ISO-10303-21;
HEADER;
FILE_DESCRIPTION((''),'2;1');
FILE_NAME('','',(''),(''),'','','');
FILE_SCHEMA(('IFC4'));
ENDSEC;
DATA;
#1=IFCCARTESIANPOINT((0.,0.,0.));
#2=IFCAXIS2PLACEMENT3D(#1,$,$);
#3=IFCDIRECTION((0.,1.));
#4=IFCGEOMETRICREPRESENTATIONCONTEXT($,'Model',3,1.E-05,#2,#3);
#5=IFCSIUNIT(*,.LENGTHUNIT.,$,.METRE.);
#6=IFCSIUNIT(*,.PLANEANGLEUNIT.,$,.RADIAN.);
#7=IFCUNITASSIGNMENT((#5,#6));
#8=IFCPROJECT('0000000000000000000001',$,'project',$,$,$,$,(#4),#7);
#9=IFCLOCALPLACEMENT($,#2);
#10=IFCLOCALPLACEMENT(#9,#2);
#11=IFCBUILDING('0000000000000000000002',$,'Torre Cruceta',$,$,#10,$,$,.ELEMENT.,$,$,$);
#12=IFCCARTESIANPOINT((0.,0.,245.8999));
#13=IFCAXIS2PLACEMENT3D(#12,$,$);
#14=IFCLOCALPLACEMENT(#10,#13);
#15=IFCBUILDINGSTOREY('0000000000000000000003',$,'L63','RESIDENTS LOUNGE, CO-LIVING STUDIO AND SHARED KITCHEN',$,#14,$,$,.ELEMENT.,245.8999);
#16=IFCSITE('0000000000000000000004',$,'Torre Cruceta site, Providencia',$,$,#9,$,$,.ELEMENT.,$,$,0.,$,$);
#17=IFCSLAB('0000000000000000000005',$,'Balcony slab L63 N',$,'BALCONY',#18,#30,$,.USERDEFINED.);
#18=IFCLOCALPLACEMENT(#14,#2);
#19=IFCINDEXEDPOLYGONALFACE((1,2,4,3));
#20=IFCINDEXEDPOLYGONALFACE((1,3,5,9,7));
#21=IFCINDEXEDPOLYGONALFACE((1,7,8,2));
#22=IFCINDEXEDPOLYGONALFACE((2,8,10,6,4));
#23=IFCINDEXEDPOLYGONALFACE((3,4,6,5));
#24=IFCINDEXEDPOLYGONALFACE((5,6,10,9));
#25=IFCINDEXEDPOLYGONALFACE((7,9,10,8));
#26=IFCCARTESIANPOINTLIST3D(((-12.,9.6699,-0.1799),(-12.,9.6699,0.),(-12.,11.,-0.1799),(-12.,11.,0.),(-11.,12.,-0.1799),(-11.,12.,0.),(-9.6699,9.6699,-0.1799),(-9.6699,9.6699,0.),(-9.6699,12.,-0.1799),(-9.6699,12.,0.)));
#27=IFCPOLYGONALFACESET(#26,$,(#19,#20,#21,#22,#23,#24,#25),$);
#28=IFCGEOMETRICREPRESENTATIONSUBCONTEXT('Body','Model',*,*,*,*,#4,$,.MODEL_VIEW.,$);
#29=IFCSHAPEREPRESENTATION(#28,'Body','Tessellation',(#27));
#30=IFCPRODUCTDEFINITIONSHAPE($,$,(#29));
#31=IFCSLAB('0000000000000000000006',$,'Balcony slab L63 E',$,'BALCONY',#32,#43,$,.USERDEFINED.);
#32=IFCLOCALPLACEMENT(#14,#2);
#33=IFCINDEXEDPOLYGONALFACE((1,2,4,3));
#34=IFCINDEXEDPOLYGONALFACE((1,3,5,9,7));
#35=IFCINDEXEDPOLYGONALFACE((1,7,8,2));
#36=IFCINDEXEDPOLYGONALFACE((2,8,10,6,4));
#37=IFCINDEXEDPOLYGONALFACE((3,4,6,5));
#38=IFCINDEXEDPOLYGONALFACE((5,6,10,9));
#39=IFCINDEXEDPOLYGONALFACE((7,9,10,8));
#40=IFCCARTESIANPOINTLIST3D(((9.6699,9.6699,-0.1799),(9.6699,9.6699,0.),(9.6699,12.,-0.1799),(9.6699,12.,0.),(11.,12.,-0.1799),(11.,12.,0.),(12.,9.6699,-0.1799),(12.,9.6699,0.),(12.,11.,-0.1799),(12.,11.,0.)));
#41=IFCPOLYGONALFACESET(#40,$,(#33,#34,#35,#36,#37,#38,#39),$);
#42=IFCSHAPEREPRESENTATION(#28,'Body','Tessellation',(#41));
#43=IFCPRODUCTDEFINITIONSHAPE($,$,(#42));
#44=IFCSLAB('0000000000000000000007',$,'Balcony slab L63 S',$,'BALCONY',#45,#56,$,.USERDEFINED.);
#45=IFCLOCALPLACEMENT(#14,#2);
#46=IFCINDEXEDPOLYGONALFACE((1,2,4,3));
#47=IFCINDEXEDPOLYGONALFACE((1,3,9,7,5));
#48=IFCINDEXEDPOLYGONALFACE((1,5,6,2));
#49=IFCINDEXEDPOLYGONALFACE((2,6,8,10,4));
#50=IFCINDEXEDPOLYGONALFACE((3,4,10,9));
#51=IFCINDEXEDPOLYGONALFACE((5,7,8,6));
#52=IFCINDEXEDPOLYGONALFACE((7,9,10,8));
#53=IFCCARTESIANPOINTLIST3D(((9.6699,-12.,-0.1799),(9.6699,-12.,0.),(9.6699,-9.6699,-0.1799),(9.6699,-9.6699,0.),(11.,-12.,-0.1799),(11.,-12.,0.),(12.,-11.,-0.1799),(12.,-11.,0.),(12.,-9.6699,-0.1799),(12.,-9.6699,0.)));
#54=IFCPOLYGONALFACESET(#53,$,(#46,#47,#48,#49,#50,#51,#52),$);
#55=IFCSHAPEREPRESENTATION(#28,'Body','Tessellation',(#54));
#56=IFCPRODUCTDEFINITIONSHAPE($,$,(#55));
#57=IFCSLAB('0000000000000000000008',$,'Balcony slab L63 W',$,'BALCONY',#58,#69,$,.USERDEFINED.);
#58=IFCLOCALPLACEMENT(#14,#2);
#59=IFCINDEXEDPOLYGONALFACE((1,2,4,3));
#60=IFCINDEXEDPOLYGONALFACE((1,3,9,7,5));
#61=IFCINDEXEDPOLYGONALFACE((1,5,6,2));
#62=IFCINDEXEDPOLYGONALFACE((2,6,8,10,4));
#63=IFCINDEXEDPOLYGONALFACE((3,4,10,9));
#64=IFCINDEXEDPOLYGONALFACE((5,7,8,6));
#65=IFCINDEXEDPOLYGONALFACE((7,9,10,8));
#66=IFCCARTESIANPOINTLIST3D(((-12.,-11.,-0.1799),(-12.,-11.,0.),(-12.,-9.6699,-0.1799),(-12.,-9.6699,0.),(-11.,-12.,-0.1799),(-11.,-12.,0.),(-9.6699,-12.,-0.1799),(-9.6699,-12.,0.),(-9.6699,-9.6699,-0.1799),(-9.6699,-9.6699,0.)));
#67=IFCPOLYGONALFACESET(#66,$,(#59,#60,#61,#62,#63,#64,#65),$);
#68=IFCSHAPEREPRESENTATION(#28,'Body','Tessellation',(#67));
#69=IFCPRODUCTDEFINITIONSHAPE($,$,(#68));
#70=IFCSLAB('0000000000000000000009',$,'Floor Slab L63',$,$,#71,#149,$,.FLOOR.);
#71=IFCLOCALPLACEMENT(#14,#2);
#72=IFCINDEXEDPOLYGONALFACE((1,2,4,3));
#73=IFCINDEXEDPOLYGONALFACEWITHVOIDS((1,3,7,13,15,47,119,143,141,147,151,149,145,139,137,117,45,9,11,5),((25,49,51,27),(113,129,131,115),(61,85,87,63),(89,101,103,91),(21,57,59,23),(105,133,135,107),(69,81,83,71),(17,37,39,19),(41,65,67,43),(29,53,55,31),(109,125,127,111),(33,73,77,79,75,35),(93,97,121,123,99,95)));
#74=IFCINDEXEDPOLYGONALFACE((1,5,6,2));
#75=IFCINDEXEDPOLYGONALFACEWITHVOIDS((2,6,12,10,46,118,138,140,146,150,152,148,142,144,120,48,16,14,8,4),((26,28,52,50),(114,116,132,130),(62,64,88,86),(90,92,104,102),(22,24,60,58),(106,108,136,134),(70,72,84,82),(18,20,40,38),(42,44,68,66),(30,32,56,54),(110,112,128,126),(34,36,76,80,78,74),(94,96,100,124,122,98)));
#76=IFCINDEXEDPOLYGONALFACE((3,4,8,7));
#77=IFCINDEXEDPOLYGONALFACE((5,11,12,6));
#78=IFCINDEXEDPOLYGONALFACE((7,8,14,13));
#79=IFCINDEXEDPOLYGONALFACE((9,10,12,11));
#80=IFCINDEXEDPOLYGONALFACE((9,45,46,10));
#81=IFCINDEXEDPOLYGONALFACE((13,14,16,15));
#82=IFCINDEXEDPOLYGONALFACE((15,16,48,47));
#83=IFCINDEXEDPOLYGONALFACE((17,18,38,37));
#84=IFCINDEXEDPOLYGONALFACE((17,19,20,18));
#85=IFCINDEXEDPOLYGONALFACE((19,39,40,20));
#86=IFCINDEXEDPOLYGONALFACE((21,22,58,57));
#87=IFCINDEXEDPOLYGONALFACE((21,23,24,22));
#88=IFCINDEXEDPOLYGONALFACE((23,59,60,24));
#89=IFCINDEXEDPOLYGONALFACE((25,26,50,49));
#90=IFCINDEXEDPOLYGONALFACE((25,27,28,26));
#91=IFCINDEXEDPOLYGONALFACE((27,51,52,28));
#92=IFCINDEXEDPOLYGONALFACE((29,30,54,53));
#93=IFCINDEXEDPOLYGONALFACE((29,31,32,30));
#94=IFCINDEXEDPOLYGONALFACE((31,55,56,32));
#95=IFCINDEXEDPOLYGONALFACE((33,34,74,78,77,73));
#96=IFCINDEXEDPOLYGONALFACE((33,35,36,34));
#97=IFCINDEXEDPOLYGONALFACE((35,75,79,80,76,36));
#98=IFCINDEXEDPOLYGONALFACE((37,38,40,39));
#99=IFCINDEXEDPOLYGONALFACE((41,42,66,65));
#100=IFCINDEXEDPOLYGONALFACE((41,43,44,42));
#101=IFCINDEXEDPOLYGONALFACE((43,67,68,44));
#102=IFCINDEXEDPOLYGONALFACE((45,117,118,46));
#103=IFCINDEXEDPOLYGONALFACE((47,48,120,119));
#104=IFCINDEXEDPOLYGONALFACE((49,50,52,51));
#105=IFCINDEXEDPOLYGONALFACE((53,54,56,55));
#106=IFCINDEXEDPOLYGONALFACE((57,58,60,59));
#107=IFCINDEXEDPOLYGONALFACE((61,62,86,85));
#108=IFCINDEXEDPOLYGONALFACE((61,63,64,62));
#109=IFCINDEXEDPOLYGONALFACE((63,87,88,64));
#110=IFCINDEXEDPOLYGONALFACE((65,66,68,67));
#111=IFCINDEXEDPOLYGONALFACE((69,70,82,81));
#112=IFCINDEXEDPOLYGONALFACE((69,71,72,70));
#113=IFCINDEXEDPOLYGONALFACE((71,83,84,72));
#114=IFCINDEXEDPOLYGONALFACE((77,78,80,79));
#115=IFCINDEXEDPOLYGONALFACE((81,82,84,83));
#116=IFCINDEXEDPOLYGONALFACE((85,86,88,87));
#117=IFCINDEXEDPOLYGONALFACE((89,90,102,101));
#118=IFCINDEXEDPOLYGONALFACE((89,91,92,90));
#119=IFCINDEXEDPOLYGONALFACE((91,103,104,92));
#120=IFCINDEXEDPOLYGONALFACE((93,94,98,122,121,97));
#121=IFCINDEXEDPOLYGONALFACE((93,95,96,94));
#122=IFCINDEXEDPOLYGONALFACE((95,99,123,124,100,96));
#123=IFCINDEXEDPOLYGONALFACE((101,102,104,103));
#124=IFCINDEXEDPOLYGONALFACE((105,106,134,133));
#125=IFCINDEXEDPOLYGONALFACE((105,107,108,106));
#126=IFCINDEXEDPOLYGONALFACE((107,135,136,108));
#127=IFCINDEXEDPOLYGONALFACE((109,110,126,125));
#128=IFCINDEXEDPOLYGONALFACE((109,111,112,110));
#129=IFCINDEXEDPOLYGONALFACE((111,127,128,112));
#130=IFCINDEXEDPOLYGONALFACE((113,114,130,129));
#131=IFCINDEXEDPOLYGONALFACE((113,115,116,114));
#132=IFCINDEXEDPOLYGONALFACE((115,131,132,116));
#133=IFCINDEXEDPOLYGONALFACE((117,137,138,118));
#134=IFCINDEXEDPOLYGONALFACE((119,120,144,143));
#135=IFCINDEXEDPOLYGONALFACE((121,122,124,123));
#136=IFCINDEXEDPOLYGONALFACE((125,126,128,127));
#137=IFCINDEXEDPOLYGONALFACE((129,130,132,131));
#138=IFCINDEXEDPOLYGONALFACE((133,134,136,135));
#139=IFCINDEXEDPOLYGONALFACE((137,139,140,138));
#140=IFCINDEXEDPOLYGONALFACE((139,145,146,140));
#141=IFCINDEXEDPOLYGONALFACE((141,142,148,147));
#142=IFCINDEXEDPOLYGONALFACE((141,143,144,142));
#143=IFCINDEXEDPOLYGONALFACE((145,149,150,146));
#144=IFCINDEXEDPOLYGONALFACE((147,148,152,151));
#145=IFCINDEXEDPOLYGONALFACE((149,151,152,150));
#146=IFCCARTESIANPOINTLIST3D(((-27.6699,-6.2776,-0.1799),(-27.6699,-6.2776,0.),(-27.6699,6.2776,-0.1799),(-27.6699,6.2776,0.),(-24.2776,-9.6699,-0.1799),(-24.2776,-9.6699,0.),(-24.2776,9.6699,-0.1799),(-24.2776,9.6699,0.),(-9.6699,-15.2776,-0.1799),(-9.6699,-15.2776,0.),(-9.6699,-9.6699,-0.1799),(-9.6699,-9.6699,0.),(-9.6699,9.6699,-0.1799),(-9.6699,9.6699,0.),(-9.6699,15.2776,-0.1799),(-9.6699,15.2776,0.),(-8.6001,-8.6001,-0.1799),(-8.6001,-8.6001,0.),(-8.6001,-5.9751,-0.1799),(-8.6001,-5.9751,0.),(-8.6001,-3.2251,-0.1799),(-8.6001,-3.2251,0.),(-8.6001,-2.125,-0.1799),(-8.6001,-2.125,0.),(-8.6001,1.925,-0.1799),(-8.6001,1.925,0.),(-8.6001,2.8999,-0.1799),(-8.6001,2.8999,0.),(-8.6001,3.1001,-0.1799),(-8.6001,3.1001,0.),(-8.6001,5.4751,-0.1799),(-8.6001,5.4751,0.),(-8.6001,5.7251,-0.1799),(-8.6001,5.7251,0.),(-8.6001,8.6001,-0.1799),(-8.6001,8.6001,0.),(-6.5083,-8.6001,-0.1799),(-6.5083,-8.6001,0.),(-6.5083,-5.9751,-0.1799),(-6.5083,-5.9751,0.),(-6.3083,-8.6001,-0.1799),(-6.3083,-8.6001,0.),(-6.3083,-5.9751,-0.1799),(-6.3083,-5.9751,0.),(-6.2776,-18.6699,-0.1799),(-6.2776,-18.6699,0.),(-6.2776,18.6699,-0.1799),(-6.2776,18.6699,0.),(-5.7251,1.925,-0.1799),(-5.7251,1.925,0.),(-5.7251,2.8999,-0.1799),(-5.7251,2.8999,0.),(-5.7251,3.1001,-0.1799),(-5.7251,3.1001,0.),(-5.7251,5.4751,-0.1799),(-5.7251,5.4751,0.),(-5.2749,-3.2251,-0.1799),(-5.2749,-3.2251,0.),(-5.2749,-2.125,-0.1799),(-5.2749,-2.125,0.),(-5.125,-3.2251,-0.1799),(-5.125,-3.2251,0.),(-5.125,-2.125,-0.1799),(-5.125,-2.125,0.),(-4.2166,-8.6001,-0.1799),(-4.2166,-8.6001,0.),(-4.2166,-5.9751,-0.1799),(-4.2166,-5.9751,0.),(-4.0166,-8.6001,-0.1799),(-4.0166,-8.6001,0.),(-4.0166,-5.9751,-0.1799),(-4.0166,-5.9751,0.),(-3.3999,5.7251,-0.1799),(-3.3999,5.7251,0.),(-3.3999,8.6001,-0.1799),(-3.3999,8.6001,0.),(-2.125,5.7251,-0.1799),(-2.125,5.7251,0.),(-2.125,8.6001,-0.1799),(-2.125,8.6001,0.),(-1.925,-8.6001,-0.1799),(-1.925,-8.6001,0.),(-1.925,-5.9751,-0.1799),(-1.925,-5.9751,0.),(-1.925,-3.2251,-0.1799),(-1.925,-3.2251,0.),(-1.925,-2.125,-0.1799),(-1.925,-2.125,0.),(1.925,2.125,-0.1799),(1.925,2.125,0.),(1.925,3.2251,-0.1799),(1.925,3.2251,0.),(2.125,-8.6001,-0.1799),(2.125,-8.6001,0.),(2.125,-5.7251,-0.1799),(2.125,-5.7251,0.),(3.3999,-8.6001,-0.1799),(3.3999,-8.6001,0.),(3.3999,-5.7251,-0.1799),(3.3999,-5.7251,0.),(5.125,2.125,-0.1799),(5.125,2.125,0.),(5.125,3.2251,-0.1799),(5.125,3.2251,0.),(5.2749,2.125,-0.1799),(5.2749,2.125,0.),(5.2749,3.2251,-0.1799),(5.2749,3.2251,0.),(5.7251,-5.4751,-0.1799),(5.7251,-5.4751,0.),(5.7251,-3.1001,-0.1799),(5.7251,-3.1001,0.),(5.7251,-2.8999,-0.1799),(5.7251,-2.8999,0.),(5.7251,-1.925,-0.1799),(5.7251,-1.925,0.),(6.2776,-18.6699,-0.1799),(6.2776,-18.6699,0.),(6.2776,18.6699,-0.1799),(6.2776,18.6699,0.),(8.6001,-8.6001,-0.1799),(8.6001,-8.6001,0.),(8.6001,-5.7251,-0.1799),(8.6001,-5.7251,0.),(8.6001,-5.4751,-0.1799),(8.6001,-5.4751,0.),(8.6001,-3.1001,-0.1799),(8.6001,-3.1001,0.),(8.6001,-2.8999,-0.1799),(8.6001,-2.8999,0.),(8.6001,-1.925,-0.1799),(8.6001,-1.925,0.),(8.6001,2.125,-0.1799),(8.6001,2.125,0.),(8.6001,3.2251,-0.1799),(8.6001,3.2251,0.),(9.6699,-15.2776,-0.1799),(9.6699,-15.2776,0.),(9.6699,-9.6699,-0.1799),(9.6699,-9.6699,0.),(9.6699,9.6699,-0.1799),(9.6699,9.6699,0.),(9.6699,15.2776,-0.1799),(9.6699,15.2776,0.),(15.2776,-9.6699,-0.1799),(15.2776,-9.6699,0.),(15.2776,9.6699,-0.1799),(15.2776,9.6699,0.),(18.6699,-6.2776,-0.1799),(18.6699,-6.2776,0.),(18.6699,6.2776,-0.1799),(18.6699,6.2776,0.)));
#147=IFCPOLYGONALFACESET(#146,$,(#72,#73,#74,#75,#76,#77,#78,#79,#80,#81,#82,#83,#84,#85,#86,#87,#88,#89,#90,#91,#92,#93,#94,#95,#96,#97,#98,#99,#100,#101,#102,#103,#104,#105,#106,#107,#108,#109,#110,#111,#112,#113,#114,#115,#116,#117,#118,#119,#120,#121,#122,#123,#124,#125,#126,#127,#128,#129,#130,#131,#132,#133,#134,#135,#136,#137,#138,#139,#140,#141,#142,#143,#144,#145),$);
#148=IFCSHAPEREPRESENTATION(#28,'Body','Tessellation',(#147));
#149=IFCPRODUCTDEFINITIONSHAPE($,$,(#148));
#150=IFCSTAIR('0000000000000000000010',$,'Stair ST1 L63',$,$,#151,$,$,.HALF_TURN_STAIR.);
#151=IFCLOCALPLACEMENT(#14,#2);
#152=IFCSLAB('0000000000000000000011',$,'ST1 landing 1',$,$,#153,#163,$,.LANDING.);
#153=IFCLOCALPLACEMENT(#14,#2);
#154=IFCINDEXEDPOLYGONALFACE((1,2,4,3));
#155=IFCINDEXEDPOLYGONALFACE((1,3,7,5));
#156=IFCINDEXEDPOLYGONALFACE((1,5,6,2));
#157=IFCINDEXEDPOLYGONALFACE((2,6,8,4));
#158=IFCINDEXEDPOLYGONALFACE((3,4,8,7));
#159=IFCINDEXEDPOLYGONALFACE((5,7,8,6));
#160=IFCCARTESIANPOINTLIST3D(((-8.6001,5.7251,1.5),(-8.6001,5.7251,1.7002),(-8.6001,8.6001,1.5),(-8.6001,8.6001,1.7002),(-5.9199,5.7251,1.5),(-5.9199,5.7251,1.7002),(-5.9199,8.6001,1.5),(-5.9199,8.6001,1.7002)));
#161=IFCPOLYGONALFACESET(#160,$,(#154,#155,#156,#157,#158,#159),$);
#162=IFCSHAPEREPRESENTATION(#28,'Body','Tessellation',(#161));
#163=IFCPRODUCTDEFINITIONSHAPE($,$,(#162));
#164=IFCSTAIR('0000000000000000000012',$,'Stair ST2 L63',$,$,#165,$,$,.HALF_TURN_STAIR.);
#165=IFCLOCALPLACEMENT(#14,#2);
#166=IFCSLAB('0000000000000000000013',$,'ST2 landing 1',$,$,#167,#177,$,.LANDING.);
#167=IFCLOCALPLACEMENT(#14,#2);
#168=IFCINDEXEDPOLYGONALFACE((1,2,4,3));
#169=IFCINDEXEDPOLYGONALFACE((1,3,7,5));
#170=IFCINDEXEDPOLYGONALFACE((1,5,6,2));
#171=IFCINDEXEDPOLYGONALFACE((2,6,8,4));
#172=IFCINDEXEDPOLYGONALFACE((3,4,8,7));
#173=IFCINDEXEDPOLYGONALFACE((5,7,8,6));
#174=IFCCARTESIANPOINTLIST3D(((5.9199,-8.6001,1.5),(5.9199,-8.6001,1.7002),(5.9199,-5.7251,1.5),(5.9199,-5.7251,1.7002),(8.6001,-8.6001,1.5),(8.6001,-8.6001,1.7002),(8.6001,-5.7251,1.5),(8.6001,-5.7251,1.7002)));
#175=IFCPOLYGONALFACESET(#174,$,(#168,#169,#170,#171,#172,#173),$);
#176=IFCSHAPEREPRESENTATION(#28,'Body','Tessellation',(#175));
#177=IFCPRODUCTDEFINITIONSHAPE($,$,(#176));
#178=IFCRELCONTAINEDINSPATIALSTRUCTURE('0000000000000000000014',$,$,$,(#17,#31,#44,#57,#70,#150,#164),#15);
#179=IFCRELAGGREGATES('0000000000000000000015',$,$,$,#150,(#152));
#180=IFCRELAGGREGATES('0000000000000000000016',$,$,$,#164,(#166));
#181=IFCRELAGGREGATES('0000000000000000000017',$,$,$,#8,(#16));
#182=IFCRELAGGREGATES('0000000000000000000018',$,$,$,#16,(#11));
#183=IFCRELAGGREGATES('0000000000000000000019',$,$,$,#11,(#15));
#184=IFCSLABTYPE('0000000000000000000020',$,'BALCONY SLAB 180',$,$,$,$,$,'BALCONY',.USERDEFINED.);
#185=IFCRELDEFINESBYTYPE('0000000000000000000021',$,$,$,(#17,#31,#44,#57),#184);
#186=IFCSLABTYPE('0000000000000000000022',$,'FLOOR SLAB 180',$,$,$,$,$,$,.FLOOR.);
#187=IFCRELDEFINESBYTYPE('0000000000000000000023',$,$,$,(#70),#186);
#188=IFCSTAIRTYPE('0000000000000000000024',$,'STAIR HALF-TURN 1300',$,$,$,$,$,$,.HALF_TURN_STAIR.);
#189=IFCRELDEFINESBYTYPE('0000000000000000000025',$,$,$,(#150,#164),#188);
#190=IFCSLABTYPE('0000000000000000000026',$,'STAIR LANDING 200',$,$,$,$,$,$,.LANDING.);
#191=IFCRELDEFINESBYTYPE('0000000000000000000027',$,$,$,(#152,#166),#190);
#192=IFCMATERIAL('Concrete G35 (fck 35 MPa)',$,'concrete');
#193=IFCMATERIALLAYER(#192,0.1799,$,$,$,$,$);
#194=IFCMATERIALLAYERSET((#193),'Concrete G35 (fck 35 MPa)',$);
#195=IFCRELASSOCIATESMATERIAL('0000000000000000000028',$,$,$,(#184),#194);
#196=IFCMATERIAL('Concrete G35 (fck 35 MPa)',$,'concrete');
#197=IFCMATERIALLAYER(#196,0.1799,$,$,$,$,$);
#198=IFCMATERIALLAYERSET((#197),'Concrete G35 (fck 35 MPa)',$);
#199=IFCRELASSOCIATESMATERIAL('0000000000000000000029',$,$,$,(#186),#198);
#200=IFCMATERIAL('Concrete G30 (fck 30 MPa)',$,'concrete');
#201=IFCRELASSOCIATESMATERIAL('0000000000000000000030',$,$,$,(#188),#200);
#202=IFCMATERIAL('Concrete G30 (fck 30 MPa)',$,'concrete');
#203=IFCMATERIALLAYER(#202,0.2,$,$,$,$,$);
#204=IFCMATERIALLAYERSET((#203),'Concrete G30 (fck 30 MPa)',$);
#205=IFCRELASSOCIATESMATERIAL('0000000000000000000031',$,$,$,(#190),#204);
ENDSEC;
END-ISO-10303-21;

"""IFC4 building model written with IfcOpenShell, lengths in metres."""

from ifc_helpers import new_model, si_unit, direction, frame, origin, place, context, subcontext, project, spatial, polyline, outline, extrude, material, layer, layer_set, type_object, element, aggregate, save


model = new_model("IFC4")

# Units and contexts
model_context = context("Model", 3, precision=1e-05, world=origin(), true_north=direction((0.0, 1.0)))
body_context = subcontext(model_context, "Body", "Model", "MODEL_VIEW")
ifc_project = project(units=[si_unit("LENGTHUNIT", "METRE"), si_unit("PLANEANGLEUNIT", "RADIAN")], contexts=[model_context])

# Site, building, storey
site_placement = place(None, origin())
site = spatial("IfcSite", under=ifc_project, at=site_placement, Name="Torre Cruceta site, Providencia", CompositionType="ELEMENT", RefElevation=0.0)
building_placement = place(site_placement, origin())
building = spatial("IfcBuilding", under=site, at=building_placement, Name="Torre Cruceta", CompositionType="ELEMENT")
storey_placement = place(building_placement, frame((0.0, 0.0, 245.8999)))
storey = spatial("IfcBuildingStorey", under=building, at=storey_placement, Name="L63", Description="RESIDENTS LOUNGE, CO-LIVING STUDIO AND SHARED KITCHEN", CompositionType="ELEMENT", Elevation=245.8999)

# Slabs
ifc_material_1 = material(Name="Concrete G35 (fck 35 MPa)", Category="concrete")
ifc_layer_1 = layer(ifc_material_1, 0.1799)
ifc_layer_set_1 = layer_set([ifc_layer_1], Name="Concrete G35 (fck 35 MPa)")
slab_type_1 = type_object("IfcSlabType", Name="BALCONY SLAB 180", ElementType="BALCONY", PredefinedType="USERDEFINED", material=ifc_layer_set_1)
slab_1_placement = place(storey_placement, frame((0.0, 0.0, -0.1799)))
element("IfcSlab", 1, at=slab_1_placement, inside=storey, type_object=slab_type_1, Name="Balcony slab L63 N", ObjectType="BALCONY", PredefinedType="USERDEFINED", context=body_context, shape_type="SweptSolid", body=[
    extrude(outline(polyline([(-12.0, 11.0), (-11.0, 12.0), (-9.6699, 12.0), (-9.6699, 9.6699), (-12.0, 9.6699), (-12.0, 11.0)])), origin(), (0.0, 0.0, 1.0), 0.1799),
])
slab_2_placement = place(storey_placement, frame((0.0, 0.0, -0.1799)))
element("IfcSlab", 2, at=slab_2_placement, inside=storey, type_object=slab_type_1, Name="Balcony slab L63 E", ObjectType="BALCONY", PredefinedType="USERDEFINED", context=body_context, shape_type="SweptSolid", body=[
    extrude(outline(polyline([(11.0, 12.0), (12.0, 11.0), (12.0, 9.6699), (9.6699, 9.6699), (9.6699, 12.0), (11.0, 12.0)])), origin(), (0.0, 0.0, 1.0), 0.1799),
])
slab_3_placement = place(storey_placement, frame((0.0, 0.0, -0.1799)))
element("IfcSlab", 3, at=slab_3_placement, inside=storey, type_object=slab_type_1, Name="Balcony slab L63 S", ObjectType="BALCONY", PredefinedType="USERDEFINED", context=body_context, shape_type="SweptSolid", body=[
    extrude(outline(polyline([(12.0, -11.0), (11.0, -12.0), (9.6699, -12.0), (9.6699, -9.6699), (12.0, -9.6699), (12.0, -11.0)])), origin(), (0.0, 0.0, 1.0), 0.1799),
])
slab_4_placement = place(storey_placement, frame((0.0, 0.0, -0.1799)))
element("IfcSlab", 4, at=slab_4_placement, inside=storey, type_object=slab_type_1, Name="Balcony slab L63 W", ObjectType="BALCONY", PredefinedType="USERDEFINED", context=body_context, shape_type="SweptSolid", body=[
    extrude(outline(polyline([(-11.0, -12.0), (-12.0, -11.0), (-12.0, -9.6699), (-9.6699, -9.6699), (-9.6699, -12.0), (-11.0, -12.0)])), origin(), (0.0, 0.0, 1.0), 0.1799),
])
ifc_material_2 = material(Name="Concrete G35 (fck 35 MPa)", Category="concrete")
ifc_layer_2 = layer(ifc_material_2, 0.1799)
ifc_layer_set_2 = layer_set([ifc_layer_2], Name="Concrete G35 (fck 35 MPa)")
slab_type_2 = type_object("IfcSlabType", Name="FLOOR SLAB 180", PredefinedType="FLOOR", material=ifc_layer_set_2)
slab_5_placement = place(storey_placement, frame((0.0, 0.0, -0.1799)))
element("IfcSlab", 5, at=slab_5_placement, inside=storey, type_object=slab_type_2, Name="Floor Slab L63", PredefinedType="FLOOR", context=body_context, shape_type="SweptSolid", body=[
    extrude(outline(polyline([(9.6699, -9.6699), (9.6699, -15.2776), (6.2776, -18.6699), (-6.2776, -18.6699), (-9.6699, -15.2776), (-9.6699, -9.6699), (-24.2776, -9.6699), (-27.6699, -6.2776), (-27.6699, 6.2776), (-24.2776, 9.6699), (-9.6699, 9.6699), (-9.6699, 15.2776), (-6.2776, 18.6699), (6.2776, 18.6699), (9.6699, 15.2776), (9.6699, 9.6699), (15.2776, 9.6699), (18.6699, 6.2776), (18.6699, -6.2776), (15.2776, -9.6699), (9.6699, -9.6699)]), holes=[polyline([(1.925, 2.125), (5.125, 2.125), (5.125, 3.2251), (1.925, 3.2251), (1.925, 2.125)]), polyline([(5.2749, 2.125), (8.6001, 2.125), (8.6001, 3.2251), (5.2749, 3.2251), (5.2749, 2.125)]), polyline([(-8.6001, 3.1001), (-5.7251, 3.1001), (-5.7251, 5.4751), (-8.6001, 5.4751), (-8.6001, 3.1001)]), polyline([(-8.6001, 1.925), (-5.7251, 1.925), (-5.7251, 2.8999), (-8.6001, 2.8999), (-8.6001, 1.925)]), polyline([(-4.0166, -8.6001), (-1.925, -8.6001), (-1.925, -5.9751), (-4.0166, -5.9751), (-4.0166, -8.6001)]), polyline([(-6.3083, -8.6001), (-4.2166, -8.6001), (-4.2166, -5.9751), (-6.3083, -5.9751), (-6.3083, -8.6001)]), polyline([(-8.6001, -8.6001), (-6.5083, -8.6001), (-6.5083, -5.9751), (-8.6001, -5.9751), (-8.6001, -8.6001)]), polyline([(-5.125, -3.2251), (-1.925, -3.2251), (-1.925, -2.125), (-5.125, -2.125), (-5.125, -3.2251)]), polyline([(-8.6001, -3.2251), (-5.2749, -3.2251), (-5.2749, -2.125), (-8.6001, -2.125), (-8.6001, -3.2251)]), polyline([(5.7251, -5.4751), (8.6001, -5.4751), (8.6001, -3.1001), (5.7251, -3.1001), (5.7251, -5.4751)]), polyline([(5.7251, -2.8999), (8.6001, -2.8999), (8.6001, -1.925), (5.7251, -1.925), (5.7251, -2.8999)]), polyline([(-8.6001, 5.7251), (-8.6001, 8.6001), (-3.3999, 8.6001), (-2.125, 8.6001), (-2.125, 5.7251), (-3.3999, 5.7251), (-8.6001, 5.7251)]), polyline([(2.125, -5.7251), (3.3999, -5.7251), (8.6001, -5.7251), (8.6001, -8.6001), (3.3999, -8.6001), (2.125, -8.6001), (2.125, -5.7251)])]), origin(), (0.0, 0.0, 1.0), 0.1799),
])

# Stairs, slabs
ifc_material_3 = material(Name="Concrete G30 (fck 30 MPa)", Category="concrete")
stair_type = type_object("IfcStairType", Name="STAIR HALF-TURN 1300", PredefinedType="HALF_TURN_STAIR", material=ifc_material_3)
stair_1_placement = place(storey_placement, origin())
stair_1 = element("IfcStair", 6, at=stair_1_placement, inside=storey, type_object=stair_type, Name="Stair ST1 L63", PredefinedType="HALF_TURN_STAIR")
ifc_material_4 = material(Name="Concrete G30 (fck 30 MPa)", Category="concrete")
ifc_layer_3 = layer(ifc_material_4, 0.2)
ifc_layer_set_3 = layer_set([ifc_layer_3], Name="Concrete G30 (fck 30 MPa)")
slab_type_3 = type_object("IfcSlabType", Name="STAIR LANDING 200", PredefinedType="LANDING", material=ifc_layer_set_3)
slab_6_placement = place(storey_placement, frame((0.0, 0.0, 1.5)))
slab_6 = element("IfcSlab", 7, at=slab_6_placement, type_object=slab_type_3, Name="ST1 landing 1", PredefinedType="LANDING", context=body_context, shape_type="SweptSolid", body=[
    extrude(outline(polyline([(-8.6001, 5.7251), (-5.9199, 5.7251), (-5.9199, 8.6001), (-8.6001, 8.6001), (-8.6001, 5.7251)])), origin(), (0.0, 0.0, 1.0), 0.2002),
])
aggregate(stair_1, [slab_6])
stair_2_placement = place(storey_placement, origin())
stair_2 = element("IfcStair", 8, at=stair_2_placement, inside=storey, type_object=stair_type, Name="Stair ST2 L63", PredefinedType="HALF_TURN_STAIR")
slab_7_placement = place(storey_placement, frame((0.0, 0.0, 1.5)))
slab_7 = element("IfcSlab", 9, at=slab_7_placement, type_object=slab_type_3, Name="ST2 landing 1", PredefinedType="LANDING", context=body_context, shape_type="SweptSolid", body=[
    extrude(outline(polyline([(5.9199, -8.6001), (8.6001, -8.6001), (8.6001, -5.7251), (5.9199, -5.7251), (5.9199, -8.6001)])), origin(), (0.0, 0.0, 1.0), 0.2002),
])
aggregate(stair_2, [slab_7])

save(model, "model.ifc")
